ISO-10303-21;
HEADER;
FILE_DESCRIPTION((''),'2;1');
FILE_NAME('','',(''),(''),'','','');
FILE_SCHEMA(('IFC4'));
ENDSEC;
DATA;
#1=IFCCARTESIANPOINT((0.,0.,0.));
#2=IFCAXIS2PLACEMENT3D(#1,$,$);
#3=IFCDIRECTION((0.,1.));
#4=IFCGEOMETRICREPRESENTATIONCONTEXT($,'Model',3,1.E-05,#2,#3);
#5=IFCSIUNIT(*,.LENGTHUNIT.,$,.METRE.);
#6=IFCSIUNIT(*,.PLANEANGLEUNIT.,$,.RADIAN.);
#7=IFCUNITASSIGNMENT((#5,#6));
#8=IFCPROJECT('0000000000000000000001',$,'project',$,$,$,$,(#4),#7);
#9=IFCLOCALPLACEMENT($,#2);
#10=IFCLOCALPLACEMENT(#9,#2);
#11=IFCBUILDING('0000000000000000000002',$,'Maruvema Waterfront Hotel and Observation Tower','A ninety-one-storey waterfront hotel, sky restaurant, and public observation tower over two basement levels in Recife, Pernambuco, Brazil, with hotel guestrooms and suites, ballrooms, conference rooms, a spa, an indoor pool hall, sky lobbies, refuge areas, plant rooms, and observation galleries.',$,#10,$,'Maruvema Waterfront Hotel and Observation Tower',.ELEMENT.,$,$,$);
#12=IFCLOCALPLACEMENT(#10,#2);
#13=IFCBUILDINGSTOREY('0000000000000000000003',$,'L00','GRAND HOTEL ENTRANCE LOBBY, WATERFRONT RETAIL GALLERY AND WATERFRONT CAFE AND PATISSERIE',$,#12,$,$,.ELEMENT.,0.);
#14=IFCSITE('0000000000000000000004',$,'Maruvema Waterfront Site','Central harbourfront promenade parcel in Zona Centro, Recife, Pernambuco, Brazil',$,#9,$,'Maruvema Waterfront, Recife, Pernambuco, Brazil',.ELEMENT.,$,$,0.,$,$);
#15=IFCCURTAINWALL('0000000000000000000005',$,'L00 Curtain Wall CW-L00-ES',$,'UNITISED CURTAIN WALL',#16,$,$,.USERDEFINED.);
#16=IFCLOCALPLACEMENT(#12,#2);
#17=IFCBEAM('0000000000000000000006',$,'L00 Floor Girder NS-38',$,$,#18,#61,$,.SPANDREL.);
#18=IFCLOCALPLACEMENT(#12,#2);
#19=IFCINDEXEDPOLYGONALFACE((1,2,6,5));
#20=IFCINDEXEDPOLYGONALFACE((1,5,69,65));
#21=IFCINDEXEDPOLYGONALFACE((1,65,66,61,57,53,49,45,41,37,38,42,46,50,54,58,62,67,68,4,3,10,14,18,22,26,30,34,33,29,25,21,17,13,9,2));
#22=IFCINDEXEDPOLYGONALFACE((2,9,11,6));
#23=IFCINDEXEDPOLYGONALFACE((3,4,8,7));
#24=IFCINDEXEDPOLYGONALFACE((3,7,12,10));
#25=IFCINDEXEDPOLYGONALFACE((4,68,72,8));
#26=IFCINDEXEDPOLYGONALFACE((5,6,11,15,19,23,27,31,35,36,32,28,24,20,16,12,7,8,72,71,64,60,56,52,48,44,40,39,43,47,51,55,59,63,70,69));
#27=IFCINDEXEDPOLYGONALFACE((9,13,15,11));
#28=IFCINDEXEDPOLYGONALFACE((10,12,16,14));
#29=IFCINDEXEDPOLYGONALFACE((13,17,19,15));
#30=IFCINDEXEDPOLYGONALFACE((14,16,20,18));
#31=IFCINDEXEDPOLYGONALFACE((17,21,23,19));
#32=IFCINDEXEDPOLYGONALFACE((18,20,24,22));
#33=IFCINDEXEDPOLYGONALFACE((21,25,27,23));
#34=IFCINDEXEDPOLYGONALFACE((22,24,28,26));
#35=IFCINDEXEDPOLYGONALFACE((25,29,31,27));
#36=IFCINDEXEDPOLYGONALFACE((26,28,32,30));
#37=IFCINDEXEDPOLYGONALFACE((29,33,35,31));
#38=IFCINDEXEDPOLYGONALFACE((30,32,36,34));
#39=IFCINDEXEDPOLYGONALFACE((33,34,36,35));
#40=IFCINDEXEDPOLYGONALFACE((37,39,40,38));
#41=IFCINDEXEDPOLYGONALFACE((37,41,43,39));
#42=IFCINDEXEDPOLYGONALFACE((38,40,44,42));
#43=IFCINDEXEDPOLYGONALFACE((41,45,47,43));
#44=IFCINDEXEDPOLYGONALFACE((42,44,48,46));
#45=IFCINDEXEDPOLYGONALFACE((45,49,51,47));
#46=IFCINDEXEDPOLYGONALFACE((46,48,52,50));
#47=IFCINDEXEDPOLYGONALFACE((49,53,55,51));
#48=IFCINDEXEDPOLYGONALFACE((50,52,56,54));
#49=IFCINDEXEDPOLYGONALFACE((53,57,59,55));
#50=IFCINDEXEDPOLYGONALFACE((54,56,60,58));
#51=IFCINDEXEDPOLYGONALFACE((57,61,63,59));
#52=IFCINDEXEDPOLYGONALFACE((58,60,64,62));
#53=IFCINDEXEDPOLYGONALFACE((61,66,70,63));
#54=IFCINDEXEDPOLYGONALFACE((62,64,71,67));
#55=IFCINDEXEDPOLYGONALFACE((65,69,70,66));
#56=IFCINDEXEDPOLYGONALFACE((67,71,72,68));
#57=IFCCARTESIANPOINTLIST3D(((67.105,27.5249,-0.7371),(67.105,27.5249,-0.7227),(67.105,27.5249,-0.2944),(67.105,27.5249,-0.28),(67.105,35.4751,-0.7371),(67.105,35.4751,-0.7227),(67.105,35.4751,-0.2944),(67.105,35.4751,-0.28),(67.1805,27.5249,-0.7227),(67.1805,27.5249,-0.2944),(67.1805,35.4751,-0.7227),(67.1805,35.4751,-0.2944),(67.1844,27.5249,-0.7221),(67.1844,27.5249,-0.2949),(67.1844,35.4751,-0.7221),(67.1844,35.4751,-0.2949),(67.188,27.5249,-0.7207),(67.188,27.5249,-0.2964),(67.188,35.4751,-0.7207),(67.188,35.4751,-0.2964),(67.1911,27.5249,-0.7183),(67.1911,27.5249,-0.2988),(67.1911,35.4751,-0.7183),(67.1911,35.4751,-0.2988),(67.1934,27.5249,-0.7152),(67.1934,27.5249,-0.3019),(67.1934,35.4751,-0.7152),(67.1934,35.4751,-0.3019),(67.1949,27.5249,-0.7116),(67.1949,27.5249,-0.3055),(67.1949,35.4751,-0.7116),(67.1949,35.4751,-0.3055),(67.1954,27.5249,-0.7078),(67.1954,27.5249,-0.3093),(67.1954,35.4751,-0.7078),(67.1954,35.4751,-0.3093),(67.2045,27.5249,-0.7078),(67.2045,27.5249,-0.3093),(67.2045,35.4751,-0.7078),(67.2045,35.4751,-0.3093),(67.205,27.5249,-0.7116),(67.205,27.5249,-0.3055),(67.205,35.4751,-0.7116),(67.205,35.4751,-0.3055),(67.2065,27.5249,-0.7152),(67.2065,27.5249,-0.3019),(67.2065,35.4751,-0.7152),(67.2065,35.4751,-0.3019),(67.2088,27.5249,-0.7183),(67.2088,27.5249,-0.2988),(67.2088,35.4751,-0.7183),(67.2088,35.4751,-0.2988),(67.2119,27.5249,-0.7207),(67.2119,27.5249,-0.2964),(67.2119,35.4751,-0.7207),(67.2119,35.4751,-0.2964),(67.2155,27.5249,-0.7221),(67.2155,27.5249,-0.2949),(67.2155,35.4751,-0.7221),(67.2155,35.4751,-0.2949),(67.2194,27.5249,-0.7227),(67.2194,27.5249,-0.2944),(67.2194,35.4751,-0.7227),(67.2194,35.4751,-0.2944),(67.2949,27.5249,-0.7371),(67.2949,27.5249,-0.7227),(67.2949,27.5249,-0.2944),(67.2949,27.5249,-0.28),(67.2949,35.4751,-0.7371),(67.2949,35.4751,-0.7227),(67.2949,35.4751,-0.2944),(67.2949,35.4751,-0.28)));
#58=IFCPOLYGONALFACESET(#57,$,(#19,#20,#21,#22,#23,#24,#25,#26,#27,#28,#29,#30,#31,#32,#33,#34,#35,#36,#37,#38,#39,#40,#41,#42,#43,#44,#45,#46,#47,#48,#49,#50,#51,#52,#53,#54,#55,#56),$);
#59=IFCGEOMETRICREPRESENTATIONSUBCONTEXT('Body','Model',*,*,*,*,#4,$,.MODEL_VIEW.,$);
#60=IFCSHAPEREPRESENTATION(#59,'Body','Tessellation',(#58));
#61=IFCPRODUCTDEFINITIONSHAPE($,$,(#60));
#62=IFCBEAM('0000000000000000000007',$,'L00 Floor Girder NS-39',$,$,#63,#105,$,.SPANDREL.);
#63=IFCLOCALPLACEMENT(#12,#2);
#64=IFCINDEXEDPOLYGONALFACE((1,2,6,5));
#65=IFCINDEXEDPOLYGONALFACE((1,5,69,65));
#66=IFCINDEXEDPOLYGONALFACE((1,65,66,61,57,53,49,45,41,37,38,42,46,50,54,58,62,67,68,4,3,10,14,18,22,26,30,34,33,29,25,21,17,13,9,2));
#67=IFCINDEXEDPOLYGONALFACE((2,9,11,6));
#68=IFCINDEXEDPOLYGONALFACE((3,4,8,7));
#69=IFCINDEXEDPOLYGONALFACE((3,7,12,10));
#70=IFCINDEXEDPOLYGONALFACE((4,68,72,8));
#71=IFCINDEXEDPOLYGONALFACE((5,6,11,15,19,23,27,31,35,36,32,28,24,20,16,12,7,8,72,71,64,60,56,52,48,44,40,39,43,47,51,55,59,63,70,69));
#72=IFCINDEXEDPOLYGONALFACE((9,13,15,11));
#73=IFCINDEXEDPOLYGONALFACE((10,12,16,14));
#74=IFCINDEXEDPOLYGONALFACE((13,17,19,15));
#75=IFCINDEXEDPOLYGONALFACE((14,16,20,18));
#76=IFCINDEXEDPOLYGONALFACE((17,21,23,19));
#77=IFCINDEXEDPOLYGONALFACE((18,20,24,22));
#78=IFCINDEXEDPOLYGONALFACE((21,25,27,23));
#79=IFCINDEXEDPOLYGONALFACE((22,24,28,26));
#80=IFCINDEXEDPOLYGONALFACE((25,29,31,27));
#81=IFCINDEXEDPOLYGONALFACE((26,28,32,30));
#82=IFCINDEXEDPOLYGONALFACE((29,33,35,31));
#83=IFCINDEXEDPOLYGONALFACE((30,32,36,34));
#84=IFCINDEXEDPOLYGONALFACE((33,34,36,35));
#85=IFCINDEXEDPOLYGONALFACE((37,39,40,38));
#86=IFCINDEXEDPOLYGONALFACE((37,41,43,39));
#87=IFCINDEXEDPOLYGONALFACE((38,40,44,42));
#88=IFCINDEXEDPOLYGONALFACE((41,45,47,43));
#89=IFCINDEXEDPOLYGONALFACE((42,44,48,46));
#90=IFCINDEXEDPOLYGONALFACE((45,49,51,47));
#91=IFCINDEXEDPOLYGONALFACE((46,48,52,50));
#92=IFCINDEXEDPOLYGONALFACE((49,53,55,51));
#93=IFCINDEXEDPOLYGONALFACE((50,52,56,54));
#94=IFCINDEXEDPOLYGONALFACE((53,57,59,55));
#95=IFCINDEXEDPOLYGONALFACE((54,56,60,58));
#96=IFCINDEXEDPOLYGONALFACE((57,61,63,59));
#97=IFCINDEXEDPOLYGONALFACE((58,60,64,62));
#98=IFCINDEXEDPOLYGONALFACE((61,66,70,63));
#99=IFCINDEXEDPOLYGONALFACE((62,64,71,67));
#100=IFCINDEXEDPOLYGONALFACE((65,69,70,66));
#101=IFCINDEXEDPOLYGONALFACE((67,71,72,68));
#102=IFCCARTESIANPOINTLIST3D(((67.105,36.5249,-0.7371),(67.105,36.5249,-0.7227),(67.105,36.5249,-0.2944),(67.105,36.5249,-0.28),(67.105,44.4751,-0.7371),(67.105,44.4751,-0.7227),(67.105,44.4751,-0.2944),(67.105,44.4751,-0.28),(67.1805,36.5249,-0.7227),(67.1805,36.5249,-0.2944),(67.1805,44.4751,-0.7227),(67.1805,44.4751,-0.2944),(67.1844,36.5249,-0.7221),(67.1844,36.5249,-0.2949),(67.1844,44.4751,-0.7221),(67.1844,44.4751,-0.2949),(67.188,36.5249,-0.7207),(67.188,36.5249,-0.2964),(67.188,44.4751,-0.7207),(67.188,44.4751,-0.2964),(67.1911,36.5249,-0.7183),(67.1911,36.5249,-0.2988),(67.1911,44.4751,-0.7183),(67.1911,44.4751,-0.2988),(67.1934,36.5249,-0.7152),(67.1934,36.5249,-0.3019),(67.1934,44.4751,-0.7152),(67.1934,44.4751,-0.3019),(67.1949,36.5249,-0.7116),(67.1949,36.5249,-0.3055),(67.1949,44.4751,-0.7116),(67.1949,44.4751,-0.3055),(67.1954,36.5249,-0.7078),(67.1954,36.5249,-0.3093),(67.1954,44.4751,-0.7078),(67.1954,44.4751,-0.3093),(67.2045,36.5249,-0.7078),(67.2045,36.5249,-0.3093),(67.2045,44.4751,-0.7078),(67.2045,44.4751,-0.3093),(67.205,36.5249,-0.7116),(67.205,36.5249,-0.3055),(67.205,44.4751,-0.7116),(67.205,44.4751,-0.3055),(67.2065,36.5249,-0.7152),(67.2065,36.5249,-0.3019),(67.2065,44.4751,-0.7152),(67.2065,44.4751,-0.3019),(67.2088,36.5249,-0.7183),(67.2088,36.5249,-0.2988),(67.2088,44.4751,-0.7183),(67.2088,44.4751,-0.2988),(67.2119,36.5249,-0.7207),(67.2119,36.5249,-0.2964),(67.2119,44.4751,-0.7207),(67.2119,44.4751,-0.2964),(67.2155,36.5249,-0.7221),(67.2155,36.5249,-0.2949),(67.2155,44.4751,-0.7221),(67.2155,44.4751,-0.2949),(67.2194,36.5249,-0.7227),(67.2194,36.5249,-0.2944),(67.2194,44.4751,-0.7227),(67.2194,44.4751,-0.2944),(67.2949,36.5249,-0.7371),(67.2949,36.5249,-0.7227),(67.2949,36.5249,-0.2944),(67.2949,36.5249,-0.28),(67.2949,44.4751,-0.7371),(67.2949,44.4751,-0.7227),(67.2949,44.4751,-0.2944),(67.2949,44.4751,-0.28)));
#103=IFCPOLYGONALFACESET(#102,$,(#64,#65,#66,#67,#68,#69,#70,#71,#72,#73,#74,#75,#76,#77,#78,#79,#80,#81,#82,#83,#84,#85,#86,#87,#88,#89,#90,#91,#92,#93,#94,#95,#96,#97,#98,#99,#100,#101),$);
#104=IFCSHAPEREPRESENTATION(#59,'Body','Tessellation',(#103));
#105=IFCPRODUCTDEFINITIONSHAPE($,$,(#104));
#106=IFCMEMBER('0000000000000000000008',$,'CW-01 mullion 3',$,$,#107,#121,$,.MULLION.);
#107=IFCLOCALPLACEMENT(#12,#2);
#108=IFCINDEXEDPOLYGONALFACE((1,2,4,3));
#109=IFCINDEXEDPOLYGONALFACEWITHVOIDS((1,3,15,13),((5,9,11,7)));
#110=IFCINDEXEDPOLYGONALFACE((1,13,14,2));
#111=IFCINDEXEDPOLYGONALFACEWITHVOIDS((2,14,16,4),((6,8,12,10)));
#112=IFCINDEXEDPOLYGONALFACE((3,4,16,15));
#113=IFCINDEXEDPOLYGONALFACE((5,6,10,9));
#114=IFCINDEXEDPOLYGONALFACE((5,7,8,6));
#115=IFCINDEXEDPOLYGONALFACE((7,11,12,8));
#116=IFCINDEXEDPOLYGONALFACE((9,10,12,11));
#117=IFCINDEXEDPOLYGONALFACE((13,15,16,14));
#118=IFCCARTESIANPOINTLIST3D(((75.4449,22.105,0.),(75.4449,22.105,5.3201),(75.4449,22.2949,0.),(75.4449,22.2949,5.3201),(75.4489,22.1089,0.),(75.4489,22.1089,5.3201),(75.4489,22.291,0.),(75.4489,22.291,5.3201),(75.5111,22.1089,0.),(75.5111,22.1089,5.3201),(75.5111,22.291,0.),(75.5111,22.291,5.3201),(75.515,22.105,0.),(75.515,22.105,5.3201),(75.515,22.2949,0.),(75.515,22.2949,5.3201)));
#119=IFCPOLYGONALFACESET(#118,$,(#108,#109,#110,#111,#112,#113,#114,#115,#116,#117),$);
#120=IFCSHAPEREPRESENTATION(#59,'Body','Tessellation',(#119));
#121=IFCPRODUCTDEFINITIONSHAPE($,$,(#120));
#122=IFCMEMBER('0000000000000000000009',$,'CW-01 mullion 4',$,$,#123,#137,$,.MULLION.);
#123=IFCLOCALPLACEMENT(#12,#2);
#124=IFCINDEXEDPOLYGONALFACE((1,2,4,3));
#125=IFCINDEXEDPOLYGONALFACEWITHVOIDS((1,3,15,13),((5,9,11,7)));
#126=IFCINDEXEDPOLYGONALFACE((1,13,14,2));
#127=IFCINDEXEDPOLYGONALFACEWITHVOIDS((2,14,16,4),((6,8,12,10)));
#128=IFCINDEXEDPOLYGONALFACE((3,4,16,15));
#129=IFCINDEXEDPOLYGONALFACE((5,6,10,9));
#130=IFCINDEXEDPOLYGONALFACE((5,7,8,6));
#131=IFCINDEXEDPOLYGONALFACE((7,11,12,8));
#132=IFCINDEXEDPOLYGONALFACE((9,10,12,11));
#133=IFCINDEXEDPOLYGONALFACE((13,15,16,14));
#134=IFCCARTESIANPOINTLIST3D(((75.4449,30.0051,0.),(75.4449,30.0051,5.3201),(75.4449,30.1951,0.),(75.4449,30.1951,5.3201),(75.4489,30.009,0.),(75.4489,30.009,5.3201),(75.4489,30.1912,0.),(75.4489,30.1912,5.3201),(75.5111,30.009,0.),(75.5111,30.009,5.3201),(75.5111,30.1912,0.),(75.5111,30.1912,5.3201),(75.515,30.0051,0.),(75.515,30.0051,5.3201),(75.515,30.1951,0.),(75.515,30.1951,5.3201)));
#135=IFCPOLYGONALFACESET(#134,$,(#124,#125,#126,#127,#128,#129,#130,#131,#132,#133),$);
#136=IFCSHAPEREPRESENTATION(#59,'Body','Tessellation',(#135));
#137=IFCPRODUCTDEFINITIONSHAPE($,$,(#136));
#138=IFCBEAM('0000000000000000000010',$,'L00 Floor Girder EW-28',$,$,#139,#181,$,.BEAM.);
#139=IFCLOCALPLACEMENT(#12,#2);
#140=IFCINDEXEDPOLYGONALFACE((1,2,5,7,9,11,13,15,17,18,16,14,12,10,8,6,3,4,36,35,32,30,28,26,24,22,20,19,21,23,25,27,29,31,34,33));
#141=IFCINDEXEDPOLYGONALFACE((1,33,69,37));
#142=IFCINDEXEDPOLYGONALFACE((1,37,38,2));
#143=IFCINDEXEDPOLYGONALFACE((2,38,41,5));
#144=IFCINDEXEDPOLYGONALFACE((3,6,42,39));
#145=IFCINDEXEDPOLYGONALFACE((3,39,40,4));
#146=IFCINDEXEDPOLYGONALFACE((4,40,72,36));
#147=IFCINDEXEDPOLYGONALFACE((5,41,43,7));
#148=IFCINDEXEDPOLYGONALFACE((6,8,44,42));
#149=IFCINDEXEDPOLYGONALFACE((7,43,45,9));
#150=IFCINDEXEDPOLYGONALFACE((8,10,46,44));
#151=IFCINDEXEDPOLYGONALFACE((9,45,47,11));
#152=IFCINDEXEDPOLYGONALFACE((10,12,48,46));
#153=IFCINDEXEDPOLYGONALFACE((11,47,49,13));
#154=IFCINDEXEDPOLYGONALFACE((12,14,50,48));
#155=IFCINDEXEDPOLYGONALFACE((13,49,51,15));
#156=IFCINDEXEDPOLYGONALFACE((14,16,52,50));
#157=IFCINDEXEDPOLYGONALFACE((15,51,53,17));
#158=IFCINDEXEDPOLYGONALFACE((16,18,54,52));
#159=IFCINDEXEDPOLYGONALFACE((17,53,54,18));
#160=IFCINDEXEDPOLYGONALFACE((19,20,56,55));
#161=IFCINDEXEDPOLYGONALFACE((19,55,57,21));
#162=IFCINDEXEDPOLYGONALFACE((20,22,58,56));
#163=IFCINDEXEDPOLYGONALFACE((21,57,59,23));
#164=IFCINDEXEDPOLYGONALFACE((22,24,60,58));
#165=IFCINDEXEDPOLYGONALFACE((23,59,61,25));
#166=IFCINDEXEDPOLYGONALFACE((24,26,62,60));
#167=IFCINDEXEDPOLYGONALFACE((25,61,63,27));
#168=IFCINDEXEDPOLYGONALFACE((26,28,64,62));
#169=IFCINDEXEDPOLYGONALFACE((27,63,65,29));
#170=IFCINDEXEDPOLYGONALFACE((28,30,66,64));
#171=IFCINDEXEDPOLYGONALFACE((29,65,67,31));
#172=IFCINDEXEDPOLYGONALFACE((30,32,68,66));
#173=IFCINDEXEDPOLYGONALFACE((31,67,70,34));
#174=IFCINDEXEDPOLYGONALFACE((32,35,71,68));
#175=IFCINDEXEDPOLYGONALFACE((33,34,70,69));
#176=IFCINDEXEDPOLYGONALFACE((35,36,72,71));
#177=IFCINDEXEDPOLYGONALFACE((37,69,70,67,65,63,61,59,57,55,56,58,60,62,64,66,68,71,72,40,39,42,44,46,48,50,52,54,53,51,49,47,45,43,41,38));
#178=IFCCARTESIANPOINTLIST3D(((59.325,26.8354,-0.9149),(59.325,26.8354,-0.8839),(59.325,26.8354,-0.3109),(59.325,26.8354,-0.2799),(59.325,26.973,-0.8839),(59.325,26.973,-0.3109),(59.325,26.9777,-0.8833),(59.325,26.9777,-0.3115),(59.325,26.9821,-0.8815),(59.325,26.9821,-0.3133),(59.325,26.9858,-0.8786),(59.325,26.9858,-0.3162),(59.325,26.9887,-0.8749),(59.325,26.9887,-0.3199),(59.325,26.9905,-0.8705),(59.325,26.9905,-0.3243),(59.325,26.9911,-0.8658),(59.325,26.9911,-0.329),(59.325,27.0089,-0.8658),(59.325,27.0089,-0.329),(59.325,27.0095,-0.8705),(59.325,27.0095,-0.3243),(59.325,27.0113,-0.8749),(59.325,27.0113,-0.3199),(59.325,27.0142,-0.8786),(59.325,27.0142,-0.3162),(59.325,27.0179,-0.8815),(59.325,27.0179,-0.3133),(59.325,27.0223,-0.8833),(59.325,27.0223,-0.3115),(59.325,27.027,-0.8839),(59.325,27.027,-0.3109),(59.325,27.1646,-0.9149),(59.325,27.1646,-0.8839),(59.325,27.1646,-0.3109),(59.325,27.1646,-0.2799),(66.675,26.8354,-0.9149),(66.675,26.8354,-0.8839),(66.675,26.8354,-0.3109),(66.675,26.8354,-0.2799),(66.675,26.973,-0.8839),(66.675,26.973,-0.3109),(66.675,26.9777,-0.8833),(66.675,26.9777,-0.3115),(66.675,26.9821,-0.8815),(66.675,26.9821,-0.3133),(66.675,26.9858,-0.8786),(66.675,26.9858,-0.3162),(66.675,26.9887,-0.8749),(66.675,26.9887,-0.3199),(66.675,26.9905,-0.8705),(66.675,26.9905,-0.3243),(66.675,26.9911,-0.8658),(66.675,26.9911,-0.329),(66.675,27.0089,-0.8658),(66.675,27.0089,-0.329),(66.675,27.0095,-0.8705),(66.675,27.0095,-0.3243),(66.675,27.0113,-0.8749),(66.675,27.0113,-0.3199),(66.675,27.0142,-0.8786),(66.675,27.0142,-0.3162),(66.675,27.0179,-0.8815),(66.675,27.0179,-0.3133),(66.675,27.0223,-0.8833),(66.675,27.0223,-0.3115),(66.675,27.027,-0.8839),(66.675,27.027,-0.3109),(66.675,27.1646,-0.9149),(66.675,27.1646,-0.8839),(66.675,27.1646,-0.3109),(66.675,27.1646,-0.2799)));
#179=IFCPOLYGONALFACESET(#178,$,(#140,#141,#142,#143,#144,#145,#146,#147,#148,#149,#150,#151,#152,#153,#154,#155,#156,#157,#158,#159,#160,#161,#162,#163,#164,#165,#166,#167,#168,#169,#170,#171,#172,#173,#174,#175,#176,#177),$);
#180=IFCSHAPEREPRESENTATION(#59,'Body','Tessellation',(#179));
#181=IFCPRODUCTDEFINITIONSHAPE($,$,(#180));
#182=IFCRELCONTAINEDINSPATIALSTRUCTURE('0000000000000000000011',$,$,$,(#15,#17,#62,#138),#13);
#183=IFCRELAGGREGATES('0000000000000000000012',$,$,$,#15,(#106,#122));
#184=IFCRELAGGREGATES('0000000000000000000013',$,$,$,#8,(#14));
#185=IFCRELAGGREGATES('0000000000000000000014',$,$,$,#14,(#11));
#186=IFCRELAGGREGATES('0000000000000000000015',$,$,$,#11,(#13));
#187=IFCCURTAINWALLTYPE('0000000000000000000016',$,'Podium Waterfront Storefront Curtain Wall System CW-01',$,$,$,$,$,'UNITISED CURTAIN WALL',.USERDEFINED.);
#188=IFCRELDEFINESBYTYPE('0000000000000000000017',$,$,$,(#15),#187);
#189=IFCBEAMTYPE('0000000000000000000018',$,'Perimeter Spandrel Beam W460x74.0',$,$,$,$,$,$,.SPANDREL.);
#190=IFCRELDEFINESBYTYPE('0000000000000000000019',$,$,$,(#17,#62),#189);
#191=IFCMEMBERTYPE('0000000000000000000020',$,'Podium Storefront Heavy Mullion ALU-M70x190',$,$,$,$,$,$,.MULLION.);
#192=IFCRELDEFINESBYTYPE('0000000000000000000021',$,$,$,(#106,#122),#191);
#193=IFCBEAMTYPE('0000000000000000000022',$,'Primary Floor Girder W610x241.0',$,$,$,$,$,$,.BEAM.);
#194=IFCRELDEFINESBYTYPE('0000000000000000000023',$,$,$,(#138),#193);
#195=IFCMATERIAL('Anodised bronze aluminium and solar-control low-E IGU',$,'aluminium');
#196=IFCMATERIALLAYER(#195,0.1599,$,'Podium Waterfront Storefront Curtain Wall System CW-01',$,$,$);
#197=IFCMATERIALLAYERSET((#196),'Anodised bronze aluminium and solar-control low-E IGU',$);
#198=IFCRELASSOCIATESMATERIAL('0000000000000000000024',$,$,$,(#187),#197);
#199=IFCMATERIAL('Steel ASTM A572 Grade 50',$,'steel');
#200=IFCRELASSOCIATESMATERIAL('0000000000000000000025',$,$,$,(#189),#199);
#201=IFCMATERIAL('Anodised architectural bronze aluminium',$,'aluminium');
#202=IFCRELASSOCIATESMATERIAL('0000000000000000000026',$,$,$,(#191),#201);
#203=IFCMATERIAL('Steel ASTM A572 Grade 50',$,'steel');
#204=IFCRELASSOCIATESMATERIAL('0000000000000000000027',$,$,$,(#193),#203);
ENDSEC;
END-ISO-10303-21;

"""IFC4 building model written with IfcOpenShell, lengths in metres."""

from ifc_helpers import new_model, si_unit, direction, frame, origin, origin_2d, place, context, subcontext, project, spatial, hollow_rectangle, i_section, extrude, material, layer, layer_set, material_profile, profile_set, type_object, element, aggregate, save


model = new_model("IFC4")

# Units and contexts
model_context = context("Model", 3, precision=1e-05, world=origin(), true_north=direction((0.0, 1.0)))
body_context = subcontext(model_context, "Body", "Model", "MODEL_VIEW")
ifc_project = project(units=[si_unit("LENGTHUNIT", "METRE"), si_unit("PLANEANGLEUNIT", "RADIAN")], contexts=[model_context])

# Site, building, storey
site_placement = place(None, origin())
site = spatial("IfcSite", under=ifc_project, at=site_placement, Name="Maruvema Waterfront Site", Description="Central harbourfront promenade parcel in Zona Centro, Recife, Pernambuco, Brazil", LongName="Maruvema Waterfront, Recife, Pernambuco, Brazil", CompositionType="ELEMENT", RefElevation=0.0)
building_placement = place(site_placement, origin())
building = spatial("IfcBuilding", under=site, at=building_placement, Name="Maruvema Waterfront Hotel and Observation Tower", Description="A ninety-one-storey waterfront hotel, sky restaurant, and public observation tower over two basement levels in Recife, Pernambuco, Brazil, with hotel guestrooms and suites, ballrooms, conference rooms, a spa, an indoor pool hall, sky lobbies, refuge areas, plant rooms, and observation galleries.", LongName="Maruvema Waterfront Hotel and Observation Tower", CompositionType="ELEMENT")
storey_placement = place(building_placement, origin())
storey = spatial("IfcBuildingStorey", under=building, at=storey_placement, Name="L00", Description="GRAND HOTEL ENTRANCE LOBBY, WATERFRONT RETAIL GALLERY AND WATERFRONT CAFE AND PATISSERIE", CompositionType="ELEMENT", Elevation=0.0)

# Curtain wall
ifc_material_1 = material(Name="Anodised bronze aluminium and solar-control low-E IGU", Category="aluminium")
ifc_layer_1 = layer(ifc_material_1, 0.1599, Name="Podium Waterfront Storefront Curtain Wall System CW-01")
ifc_layer_set_1 = layer_set([ifc_layer_1], Name="Anodised bronze aluminium and solar-control low-E IGU")
curtain_wall_type = type_object("IfcCurtainWallType", Name="Podium Waterfront Storefront Curtain Wall System CW-01", ElementType="UNITISED CURTAIN WALL", PredefinedType="USERDEFINED", material=ifc_layer_set_1)
curtain_wall_placement = place(storey_placement, origin())
curtain_wall = element("IfcCurtainWall", 1, at=curtain_wall_placement, inside=storey, type_object=curtain_wall_type, Name="L00 Curtain Wall CW-L00-ES", ObjectType="UNITISED CURTAIN WALL", PredefinedType="USERDEFINED")

# Beams
ifc_material_2 = material(Name="Steel ASTM A572 Grade 50", Category="steel")
ifc_material_profile_1 = material_profile(ifc_material_2, i_section(OverallWidth=0.1899, OverallDepth=0.457, WebThickness=0.009, FlangeThickness=0.0144, FilletRadius=0.0149, at=origin_2d()), Name="W460x74.0")
ifc_profile_set_1 = profile_set([ifc_material_profile_1], Name="Steel ASTM A572 Grade 50")
beam_type_1 = type_object("IfcBeamType", Name="Perimeter Spandrel Beam W460x74.0", PredefinedType="SPANDREL", material=ifc_profile_set_1)
for number, where, z_axis, x_axis, name in (
    (2, (67.2, 27.5249, -0.5085), (0.0, 1.0, 0.0), (-1.0, 0.0, 0.0), "L00 Floor Girder NS-38"),
    (3, (67.2, 36.5249, -0.5085), (0.0, 1.0, 0.0), (-1.0, 0.0, 0.0), "L00 Floor Girder NS-39"),
):
    element("IfcBeam", number, at=place(storey_placement, frame(where, z_axis=z_axis, x_axis=x_axis)), inside=storey, type_object=beam_type_1, Name=name, PredefinedType="SPANDREL", context=body_context, shape_type="SweptSolid", body=[
        extrude(i_section(OverallWidth=0.1899, OverallDepth=0.457, WebThickness=0.009, FlangeThickness=0.0144, FilletRadius=0.0149, at=origin_2d()), origin(), (0.0, 0.0, 1.0), 7.9502),
    ])

# Members
ifc_material_3 = material(Name="Anodised architectural bronze aluminium", Category="aluminium")
ifc_material_profile_2 = material_profile(ifc_material_3, hollow_rectangle(XDim=0.0701, YDim=0.1899, WallThickness=0.0039, at=origin_2d()), Name="ALU-M70x190")
ifc_profile_set_2 = profile_set([ifc_material_profile_2], Name="Anodised architectural bronze aluminium")
member_type_1 = type_object("IfcMemberType", Name="Podium Storefront Heavy Mullion ALU-M70x190", PredefinedType="MULLION", material=ifc_profile_set_2)
member_1_placement = place(storey_placement, frame((75.48, 22.2, 0.0), z_axis=(0.0, 0.0, 1.0), x_axis=(-1.0, 0.0, 0.0)))
member_1 = element("IfcMember", 4, at=member_1_placement, type_object=member_type_1, Name="CW-01 mullion 3", PredefinedType="MULLION", context=body_context, shape_type="SweptSolid", body=[
    extrude(hollow_rectangle(XDim=0.0701, YDim=0.1899, WallThickness=0.0039, at=origin_2d()), origin(), (0.0, 0.0, 1.0), 5.3201),
])
member_2_placement = place(storey_placement, frame((75.48, 30.1001, 0.0), z_axis=(0.0, 0.0, 1.0), x_axis=(-1.0, 0.0, 0.0)))
member_2 = element("IfcMember", 5, at=member_2_placement, type_object=member_type_1, Name="CW-01 mullion 4", PredefinedType="MULLION", context=body_context, shape_type="SweptSolid", body=[
    extrude(hollow_rectangle(XDim=0.0701, YDim=0.1899, WallThickness=0.0039, at=origin_2d()), origin(), (0.0, 0.0, 1.0), 5.3201),
])

# Beam
ifc_material_4 = material(Name="Steel ASTM A572 Grade 50", Category="steel")
ifc_material_profile_3 = material_profile(ifc_material_4, i_section(OverallWidth=0.3291, OverallDepth=0.635, WebThickness=0.0178, FlangeThickness=0.031, FilletRadius=0.0181, at=origin_2d()), Name="W610x241.0")
ifc_profile_set_3 = profile_set([ifc_material_profile_3], Name="Steel ASTM A572 Grade 50")
beam_type_2 = type_object("IfcBeamType", Name="Primary Floor Girder W610x241.0", PredefinedType="BEAM", material=ifc_profile_set_3)
for number, where, z_axis, x_axis, name in (
    (6, (59.325, 27.0, -0.5974), (1.0, 0.0, 0.0), (0.0, 1.0, 0.0), "L00 Floor Girder EW-28"),
):
    element("IfcBeam", number, at=place(storey_placement, frame(where, z_axis=z_axis, x_axis=x_axis)), inside=storey, type_object=beam_type_2, Name=name, PredefinedType="BEAM", context=body_context, shape_type="SweptSolid", body=[
        extrude(i_section(OverallWidth=0.3291, OverallDepth=0.635, WebThickness=0.0178, FlangeThickness=0.031, FilletRadius=0.0181, at=origin_2d()), origin(), (0.0, 0.0, 1.0), 7.3501),
    ])

aggregate(curtain_wall, [member_1, member_2])

save(model, "model.ifc")
